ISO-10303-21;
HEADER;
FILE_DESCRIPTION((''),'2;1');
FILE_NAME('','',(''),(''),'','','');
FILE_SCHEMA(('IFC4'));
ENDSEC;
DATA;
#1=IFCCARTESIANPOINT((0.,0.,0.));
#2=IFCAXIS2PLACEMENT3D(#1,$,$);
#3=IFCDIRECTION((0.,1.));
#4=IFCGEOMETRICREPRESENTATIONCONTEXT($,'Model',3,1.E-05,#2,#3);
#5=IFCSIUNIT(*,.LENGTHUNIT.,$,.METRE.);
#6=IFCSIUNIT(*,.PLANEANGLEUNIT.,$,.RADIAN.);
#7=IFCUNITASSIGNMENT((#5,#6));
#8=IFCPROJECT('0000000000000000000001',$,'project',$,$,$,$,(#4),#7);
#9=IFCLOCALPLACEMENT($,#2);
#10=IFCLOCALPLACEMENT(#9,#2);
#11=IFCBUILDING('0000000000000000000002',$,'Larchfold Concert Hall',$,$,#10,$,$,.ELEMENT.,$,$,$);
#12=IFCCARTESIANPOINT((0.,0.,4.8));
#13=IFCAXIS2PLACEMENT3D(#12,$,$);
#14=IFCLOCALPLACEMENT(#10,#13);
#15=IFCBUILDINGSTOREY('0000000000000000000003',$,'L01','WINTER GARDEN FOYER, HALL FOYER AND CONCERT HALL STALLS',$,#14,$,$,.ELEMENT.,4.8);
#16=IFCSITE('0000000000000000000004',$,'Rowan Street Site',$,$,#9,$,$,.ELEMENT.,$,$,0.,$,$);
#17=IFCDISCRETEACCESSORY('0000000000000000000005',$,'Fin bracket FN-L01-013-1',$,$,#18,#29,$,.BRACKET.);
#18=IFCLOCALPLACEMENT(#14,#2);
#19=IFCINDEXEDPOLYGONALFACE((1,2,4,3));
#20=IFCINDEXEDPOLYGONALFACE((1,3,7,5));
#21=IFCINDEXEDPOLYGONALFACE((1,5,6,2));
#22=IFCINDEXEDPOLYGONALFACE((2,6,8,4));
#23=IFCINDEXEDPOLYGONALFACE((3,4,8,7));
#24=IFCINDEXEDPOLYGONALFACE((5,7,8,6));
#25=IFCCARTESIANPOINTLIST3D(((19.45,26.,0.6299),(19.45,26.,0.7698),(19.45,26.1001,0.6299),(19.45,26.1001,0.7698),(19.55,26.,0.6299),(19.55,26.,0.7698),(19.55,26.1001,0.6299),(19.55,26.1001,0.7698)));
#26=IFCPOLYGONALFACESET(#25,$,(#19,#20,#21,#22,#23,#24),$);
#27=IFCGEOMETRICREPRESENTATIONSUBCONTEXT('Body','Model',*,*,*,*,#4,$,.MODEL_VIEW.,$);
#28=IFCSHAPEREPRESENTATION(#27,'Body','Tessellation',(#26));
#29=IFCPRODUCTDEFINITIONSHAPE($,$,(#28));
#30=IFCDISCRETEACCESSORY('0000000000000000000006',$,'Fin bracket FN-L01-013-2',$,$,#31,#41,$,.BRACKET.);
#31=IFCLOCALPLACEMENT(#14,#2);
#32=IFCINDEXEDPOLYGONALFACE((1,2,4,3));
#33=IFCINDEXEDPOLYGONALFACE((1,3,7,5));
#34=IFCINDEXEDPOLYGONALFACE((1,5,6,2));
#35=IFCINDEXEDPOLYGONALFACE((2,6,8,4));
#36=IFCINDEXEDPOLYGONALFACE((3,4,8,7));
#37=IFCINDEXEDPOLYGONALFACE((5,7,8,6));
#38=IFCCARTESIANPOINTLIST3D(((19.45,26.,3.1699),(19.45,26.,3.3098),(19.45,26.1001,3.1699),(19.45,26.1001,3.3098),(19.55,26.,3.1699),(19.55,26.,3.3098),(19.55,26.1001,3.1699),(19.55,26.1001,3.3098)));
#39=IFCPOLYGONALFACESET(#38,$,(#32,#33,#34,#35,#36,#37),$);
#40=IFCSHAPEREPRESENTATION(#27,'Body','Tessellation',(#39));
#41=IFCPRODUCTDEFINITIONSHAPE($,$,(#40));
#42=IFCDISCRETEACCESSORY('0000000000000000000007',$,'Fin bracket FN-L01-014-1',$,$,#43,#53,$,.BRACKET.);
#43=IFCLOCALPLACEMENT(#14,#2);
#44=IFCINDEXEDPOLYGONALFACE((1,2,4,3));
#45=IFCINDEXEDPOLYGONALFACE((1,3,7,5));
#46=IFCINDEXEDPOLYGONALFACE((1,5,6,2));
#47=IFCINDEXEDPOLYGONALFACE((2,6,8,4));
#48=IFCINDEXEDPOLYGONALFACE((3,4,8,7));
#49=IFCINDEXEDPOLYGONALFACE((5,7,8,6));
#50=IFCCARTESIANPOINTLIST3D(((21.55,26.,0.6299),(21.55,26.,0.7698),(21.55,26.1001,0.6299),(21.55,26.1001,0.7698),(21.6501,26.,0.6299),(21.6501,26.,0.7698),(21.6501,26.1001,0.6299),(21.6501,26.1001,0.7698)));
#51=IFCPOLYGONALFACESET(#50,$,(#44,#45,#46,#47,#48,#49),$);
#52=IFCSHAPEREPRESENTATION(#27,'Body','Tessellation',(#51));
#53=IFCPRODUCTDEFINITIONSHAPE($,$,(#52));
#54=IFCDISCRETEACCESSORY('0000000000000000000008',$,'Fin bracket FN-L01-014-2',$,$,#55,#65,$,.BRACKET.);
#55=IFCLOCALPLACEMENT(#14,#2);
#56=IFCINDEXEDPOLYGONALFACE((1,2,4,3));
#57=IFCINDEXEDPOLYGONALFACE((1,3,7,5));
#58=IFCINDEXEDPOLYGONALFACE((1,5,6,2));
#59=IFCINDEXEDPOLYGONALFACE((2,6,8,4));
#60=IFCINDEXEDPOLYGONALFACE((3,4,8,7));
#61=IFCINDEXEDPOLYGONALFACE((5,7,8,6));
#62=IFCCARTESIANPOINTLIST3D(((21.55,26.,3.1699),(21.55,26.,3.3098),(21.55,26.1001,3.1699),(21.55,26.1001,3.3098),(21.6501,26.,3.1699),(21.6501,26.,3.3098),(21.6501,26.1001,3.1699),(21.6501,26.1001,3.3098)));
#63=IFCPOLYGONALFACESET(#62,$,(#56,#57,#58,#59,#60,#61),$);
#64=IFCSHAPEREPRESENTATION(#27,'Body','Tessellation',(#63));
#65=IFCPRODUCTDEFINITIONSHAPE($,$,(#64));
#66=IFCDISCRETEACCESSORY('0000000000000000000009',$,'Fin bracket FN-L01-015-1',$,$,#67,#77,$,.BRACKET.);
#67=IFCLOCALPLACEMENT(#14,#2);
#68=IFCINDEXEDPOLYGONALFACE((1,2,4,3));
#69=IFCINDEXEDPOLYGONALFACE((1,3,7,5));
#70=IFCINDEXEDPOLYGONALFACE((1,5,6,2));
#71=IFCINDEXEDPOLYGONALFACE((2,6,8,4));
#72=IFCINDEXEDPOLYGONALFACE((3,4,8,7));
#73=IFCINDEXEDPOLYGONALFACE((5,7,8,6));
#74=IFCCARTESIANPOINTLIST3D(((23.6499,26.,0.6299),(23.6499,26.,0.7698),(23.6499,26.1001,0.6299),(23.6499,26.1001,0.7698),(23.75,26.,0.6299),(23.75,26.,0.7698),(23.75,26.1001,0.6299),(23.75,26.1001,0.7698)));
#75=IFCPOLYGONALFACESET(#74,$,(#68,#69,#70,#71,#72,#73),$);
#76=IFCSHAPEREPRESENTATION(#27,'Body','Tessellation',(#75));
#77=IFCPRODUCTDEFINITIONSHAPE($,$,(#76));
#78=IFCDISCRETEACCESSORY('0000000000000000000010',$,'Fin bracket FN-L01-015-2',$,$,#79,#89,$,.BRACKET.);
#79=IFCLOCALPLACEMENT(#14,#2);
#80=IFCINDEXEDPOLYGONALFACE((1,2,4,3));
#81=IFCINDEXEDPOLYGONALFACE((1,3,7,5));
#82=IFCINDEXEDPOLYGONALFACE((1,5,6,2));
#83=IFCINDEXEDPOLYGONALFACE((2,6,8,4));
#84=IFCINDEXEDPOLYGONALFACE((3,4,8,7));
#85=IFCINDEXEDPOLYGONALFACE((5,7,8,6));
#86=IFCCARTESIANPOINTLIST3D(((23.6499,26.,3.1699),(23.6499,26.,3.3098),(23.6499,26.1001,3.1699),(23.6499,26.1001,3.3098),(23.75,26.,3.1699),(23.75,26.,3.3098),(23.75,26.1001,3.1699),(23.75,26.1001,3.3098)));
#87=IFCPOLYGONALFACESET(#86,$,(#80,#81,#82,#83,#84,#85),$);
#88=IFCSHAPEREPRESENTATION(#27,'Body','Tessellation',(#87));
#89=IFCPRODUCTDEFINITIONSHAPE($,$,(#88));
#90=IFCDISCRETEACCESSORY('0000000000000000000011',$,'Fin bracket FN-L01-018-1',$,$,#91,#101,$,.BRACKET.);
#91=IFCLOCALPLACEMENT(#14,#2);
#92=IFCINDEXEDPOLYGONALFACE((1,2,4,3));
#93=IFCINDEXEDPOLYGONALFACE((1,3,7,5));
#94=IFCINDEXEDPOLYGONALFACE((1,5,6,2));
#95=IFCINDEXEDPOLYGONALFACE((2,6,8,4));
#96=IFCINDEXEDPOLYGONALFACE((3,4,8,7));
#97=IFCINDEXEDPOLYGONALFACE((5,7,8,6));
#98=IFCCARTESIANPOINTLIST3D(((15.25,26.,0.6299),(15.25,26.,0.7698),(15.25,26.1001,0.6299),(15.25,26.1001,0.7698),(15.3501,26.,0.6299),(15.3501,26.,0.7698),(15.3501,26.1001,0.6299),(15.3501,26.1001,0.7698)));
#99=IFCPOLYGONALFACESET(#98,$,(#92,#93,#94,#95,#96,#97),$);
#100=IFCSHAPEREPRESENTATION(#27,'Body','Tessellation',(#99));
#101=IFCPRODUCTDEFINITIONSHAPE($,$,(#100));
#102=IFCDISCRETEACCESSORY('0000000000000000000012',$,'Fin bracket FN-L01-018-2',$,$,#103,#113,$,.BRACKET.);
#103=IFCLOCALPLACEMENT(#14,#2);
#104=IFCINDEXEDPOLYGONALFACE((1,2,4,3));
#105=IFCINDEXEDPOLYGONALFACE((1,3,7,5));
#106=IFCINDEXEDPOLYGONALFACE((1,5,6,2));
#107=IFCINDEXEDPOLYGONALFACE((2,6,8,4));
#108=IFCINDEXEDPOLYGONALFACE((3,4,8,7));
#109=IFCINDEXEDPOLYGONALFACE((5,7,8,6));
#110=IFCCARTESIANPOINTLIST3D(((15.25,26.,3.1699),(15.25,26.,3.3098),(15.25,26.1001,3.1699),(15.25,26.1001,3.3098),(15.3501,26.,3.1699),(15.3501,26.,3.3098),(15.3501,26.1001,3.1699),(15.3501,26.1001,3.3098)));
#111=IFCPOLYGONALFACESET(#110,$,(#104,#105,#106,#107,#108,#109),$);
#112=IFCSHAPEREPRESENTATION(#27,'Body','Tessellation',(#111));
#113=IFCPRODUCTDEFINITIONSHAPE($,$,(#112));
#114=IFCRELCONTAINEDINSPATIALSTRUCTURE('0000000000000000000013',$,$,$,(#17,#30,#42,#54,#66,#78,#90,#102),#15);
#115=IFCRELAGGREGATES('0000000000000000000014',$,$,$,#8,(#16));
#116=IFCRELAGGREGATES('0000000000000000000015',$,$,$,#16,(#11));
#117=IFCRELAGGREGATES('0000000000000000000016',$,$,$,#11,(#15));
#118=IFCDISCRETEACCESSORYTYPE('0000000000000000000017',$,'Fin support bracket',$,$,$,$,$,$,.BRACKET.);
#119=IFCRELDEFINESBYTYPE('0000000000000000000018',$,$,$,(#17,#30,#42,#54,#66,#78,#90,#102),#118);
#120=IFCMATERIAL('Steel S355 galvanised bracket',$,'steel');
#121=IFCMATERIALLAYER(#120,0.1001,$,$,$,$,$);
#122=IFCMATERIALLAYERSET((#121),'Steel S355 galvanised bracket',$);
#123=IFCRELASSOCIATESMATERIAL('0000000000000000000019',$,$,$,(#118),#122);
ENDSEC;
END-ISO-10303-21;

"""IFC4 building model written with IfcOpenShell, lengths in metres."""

from ifc_helpers import new_model, si_unit, direction, frame, origin, origin_2d, place, context, subcontext, project, spatial, rectangle, extrude, material, layer, layer_set, type_object, element, save


model = new_model("IFC4")

# Units and contexts
model_context = context("Model", 3, precision=1e-05, world=origin(), true_north=direction((0.0, 1.0)))
body_context = subcontext(model_context, "Body", "Model", "MODEL_VIEW")
ifc_project = project(units=[si_unit("LENGTHUNIT", "METRE"), si_unit("PLANEANGLEUNIT", "RADIAN")], contexts=[model_context])

# Site, building, storey
site_placement = place(None, origin())
site = spatial("IfcSite", under=ifc_project, at=site_placement, Name="Rowan Street Site", CompositionType="ELEMENT", RefElevation=0.0)
building_placement = place(site_placement, origin())
building = spatial("IfcBuilding", under=site, at=building_placement, Name="Larchfold Concert Hall", CompositionType="ELEMENT")
storey_placement = place(building_placement, frame((0.0, 0.0, 4.8)))
storey = spatial("IfcBuildingStorey", under=building, at=storey_placement, Name="L01", Description="WINTER GARDEN FOYER, HALL FOYER AND CONCERT HALL STALLS", CompositionType="ELEMENT", Elevation=4.8)

# Discrete accessories
ifc_material_1 = material(Name="Steel S355 galvanised bracket", Category="steel")
ifc_layer_1 = layer(ifc_material_1, 0.1001)
ifc_layer_set_1 = layer_set([ifc_layer_1], Name="Steel S355 galvanised bracket")
discrete_accessory_type = type_object("IfcDiscreteAccessoryType", Name="Fin support bracket", PredefinedType="BRACKET", material=ifc_layer_set_1)
for number, where, z_axis, x_axis, name in (
    (1, (19.5, 26.05, 0.6299), (0.0, 0.0, 1.0), (0.0, 1.0, 0.0), "Fin bracket FN-L01-013-1"),
    (2, (19.5, 26.05, 3.1699), (0.0, 0.0, 1.0), (0.0, 1.0, 0.0), "Fin bracket FN-L01-013-2"),
    (3, (21.6001, 26.05, 0.6299), (0.0, 0.0, 1.0), (0.0, 1.0, 0.0), "Fin bracket FN-L01-014-1"),
    (4, (21.6001, 26.05, 3.1699), (0.0, 0.0, 1.0), (0.0, 1.0, 0.0), "Fin bracket FN-L01-014-2"),
    (5, (23.7, 26.05, 0.6299), (0.0, 0.0, 1.0), (0.0, 1.0, 0.0), "Fin bracket FN-L01-015-1"),
    (6, (23.7, 26.05, 3.1699), (0.0, 0.0, 1.0), (0.0, 1.0, 0.0), "Fin bracket FN-L01-015-2"),
    (7, (15.3, 26.05, 0.6299), (0.0, 0.0, 1.0), (0.0, 1.0, 0.0), "Fin bracket FN-L01-018-1"),
    (8, (15.3, 26.05, 3.1699), (0.0, 0.0, 1.0), (0.0, 1.0, 0.0), "Fin bracket FN-L01-018-2"),
):
    element("IfcDiscreteAccessory", number, at=place(storey_placement, frame(where, z_axis=z_axis, x_axis=x_axis)), inside=storey, type_object=discrete_accessory_type, Name=name, PredefinedType="BRACKET", context=body_context, shape_type="SweptSolid", body=[
        extrude(rectangle(XDim=0.1001, YDim=0.1001, at=origin_2d()), origin(), (0.0, 0.0, 1.0), 0.1399),
    ])

save(model, "model.ifc")
